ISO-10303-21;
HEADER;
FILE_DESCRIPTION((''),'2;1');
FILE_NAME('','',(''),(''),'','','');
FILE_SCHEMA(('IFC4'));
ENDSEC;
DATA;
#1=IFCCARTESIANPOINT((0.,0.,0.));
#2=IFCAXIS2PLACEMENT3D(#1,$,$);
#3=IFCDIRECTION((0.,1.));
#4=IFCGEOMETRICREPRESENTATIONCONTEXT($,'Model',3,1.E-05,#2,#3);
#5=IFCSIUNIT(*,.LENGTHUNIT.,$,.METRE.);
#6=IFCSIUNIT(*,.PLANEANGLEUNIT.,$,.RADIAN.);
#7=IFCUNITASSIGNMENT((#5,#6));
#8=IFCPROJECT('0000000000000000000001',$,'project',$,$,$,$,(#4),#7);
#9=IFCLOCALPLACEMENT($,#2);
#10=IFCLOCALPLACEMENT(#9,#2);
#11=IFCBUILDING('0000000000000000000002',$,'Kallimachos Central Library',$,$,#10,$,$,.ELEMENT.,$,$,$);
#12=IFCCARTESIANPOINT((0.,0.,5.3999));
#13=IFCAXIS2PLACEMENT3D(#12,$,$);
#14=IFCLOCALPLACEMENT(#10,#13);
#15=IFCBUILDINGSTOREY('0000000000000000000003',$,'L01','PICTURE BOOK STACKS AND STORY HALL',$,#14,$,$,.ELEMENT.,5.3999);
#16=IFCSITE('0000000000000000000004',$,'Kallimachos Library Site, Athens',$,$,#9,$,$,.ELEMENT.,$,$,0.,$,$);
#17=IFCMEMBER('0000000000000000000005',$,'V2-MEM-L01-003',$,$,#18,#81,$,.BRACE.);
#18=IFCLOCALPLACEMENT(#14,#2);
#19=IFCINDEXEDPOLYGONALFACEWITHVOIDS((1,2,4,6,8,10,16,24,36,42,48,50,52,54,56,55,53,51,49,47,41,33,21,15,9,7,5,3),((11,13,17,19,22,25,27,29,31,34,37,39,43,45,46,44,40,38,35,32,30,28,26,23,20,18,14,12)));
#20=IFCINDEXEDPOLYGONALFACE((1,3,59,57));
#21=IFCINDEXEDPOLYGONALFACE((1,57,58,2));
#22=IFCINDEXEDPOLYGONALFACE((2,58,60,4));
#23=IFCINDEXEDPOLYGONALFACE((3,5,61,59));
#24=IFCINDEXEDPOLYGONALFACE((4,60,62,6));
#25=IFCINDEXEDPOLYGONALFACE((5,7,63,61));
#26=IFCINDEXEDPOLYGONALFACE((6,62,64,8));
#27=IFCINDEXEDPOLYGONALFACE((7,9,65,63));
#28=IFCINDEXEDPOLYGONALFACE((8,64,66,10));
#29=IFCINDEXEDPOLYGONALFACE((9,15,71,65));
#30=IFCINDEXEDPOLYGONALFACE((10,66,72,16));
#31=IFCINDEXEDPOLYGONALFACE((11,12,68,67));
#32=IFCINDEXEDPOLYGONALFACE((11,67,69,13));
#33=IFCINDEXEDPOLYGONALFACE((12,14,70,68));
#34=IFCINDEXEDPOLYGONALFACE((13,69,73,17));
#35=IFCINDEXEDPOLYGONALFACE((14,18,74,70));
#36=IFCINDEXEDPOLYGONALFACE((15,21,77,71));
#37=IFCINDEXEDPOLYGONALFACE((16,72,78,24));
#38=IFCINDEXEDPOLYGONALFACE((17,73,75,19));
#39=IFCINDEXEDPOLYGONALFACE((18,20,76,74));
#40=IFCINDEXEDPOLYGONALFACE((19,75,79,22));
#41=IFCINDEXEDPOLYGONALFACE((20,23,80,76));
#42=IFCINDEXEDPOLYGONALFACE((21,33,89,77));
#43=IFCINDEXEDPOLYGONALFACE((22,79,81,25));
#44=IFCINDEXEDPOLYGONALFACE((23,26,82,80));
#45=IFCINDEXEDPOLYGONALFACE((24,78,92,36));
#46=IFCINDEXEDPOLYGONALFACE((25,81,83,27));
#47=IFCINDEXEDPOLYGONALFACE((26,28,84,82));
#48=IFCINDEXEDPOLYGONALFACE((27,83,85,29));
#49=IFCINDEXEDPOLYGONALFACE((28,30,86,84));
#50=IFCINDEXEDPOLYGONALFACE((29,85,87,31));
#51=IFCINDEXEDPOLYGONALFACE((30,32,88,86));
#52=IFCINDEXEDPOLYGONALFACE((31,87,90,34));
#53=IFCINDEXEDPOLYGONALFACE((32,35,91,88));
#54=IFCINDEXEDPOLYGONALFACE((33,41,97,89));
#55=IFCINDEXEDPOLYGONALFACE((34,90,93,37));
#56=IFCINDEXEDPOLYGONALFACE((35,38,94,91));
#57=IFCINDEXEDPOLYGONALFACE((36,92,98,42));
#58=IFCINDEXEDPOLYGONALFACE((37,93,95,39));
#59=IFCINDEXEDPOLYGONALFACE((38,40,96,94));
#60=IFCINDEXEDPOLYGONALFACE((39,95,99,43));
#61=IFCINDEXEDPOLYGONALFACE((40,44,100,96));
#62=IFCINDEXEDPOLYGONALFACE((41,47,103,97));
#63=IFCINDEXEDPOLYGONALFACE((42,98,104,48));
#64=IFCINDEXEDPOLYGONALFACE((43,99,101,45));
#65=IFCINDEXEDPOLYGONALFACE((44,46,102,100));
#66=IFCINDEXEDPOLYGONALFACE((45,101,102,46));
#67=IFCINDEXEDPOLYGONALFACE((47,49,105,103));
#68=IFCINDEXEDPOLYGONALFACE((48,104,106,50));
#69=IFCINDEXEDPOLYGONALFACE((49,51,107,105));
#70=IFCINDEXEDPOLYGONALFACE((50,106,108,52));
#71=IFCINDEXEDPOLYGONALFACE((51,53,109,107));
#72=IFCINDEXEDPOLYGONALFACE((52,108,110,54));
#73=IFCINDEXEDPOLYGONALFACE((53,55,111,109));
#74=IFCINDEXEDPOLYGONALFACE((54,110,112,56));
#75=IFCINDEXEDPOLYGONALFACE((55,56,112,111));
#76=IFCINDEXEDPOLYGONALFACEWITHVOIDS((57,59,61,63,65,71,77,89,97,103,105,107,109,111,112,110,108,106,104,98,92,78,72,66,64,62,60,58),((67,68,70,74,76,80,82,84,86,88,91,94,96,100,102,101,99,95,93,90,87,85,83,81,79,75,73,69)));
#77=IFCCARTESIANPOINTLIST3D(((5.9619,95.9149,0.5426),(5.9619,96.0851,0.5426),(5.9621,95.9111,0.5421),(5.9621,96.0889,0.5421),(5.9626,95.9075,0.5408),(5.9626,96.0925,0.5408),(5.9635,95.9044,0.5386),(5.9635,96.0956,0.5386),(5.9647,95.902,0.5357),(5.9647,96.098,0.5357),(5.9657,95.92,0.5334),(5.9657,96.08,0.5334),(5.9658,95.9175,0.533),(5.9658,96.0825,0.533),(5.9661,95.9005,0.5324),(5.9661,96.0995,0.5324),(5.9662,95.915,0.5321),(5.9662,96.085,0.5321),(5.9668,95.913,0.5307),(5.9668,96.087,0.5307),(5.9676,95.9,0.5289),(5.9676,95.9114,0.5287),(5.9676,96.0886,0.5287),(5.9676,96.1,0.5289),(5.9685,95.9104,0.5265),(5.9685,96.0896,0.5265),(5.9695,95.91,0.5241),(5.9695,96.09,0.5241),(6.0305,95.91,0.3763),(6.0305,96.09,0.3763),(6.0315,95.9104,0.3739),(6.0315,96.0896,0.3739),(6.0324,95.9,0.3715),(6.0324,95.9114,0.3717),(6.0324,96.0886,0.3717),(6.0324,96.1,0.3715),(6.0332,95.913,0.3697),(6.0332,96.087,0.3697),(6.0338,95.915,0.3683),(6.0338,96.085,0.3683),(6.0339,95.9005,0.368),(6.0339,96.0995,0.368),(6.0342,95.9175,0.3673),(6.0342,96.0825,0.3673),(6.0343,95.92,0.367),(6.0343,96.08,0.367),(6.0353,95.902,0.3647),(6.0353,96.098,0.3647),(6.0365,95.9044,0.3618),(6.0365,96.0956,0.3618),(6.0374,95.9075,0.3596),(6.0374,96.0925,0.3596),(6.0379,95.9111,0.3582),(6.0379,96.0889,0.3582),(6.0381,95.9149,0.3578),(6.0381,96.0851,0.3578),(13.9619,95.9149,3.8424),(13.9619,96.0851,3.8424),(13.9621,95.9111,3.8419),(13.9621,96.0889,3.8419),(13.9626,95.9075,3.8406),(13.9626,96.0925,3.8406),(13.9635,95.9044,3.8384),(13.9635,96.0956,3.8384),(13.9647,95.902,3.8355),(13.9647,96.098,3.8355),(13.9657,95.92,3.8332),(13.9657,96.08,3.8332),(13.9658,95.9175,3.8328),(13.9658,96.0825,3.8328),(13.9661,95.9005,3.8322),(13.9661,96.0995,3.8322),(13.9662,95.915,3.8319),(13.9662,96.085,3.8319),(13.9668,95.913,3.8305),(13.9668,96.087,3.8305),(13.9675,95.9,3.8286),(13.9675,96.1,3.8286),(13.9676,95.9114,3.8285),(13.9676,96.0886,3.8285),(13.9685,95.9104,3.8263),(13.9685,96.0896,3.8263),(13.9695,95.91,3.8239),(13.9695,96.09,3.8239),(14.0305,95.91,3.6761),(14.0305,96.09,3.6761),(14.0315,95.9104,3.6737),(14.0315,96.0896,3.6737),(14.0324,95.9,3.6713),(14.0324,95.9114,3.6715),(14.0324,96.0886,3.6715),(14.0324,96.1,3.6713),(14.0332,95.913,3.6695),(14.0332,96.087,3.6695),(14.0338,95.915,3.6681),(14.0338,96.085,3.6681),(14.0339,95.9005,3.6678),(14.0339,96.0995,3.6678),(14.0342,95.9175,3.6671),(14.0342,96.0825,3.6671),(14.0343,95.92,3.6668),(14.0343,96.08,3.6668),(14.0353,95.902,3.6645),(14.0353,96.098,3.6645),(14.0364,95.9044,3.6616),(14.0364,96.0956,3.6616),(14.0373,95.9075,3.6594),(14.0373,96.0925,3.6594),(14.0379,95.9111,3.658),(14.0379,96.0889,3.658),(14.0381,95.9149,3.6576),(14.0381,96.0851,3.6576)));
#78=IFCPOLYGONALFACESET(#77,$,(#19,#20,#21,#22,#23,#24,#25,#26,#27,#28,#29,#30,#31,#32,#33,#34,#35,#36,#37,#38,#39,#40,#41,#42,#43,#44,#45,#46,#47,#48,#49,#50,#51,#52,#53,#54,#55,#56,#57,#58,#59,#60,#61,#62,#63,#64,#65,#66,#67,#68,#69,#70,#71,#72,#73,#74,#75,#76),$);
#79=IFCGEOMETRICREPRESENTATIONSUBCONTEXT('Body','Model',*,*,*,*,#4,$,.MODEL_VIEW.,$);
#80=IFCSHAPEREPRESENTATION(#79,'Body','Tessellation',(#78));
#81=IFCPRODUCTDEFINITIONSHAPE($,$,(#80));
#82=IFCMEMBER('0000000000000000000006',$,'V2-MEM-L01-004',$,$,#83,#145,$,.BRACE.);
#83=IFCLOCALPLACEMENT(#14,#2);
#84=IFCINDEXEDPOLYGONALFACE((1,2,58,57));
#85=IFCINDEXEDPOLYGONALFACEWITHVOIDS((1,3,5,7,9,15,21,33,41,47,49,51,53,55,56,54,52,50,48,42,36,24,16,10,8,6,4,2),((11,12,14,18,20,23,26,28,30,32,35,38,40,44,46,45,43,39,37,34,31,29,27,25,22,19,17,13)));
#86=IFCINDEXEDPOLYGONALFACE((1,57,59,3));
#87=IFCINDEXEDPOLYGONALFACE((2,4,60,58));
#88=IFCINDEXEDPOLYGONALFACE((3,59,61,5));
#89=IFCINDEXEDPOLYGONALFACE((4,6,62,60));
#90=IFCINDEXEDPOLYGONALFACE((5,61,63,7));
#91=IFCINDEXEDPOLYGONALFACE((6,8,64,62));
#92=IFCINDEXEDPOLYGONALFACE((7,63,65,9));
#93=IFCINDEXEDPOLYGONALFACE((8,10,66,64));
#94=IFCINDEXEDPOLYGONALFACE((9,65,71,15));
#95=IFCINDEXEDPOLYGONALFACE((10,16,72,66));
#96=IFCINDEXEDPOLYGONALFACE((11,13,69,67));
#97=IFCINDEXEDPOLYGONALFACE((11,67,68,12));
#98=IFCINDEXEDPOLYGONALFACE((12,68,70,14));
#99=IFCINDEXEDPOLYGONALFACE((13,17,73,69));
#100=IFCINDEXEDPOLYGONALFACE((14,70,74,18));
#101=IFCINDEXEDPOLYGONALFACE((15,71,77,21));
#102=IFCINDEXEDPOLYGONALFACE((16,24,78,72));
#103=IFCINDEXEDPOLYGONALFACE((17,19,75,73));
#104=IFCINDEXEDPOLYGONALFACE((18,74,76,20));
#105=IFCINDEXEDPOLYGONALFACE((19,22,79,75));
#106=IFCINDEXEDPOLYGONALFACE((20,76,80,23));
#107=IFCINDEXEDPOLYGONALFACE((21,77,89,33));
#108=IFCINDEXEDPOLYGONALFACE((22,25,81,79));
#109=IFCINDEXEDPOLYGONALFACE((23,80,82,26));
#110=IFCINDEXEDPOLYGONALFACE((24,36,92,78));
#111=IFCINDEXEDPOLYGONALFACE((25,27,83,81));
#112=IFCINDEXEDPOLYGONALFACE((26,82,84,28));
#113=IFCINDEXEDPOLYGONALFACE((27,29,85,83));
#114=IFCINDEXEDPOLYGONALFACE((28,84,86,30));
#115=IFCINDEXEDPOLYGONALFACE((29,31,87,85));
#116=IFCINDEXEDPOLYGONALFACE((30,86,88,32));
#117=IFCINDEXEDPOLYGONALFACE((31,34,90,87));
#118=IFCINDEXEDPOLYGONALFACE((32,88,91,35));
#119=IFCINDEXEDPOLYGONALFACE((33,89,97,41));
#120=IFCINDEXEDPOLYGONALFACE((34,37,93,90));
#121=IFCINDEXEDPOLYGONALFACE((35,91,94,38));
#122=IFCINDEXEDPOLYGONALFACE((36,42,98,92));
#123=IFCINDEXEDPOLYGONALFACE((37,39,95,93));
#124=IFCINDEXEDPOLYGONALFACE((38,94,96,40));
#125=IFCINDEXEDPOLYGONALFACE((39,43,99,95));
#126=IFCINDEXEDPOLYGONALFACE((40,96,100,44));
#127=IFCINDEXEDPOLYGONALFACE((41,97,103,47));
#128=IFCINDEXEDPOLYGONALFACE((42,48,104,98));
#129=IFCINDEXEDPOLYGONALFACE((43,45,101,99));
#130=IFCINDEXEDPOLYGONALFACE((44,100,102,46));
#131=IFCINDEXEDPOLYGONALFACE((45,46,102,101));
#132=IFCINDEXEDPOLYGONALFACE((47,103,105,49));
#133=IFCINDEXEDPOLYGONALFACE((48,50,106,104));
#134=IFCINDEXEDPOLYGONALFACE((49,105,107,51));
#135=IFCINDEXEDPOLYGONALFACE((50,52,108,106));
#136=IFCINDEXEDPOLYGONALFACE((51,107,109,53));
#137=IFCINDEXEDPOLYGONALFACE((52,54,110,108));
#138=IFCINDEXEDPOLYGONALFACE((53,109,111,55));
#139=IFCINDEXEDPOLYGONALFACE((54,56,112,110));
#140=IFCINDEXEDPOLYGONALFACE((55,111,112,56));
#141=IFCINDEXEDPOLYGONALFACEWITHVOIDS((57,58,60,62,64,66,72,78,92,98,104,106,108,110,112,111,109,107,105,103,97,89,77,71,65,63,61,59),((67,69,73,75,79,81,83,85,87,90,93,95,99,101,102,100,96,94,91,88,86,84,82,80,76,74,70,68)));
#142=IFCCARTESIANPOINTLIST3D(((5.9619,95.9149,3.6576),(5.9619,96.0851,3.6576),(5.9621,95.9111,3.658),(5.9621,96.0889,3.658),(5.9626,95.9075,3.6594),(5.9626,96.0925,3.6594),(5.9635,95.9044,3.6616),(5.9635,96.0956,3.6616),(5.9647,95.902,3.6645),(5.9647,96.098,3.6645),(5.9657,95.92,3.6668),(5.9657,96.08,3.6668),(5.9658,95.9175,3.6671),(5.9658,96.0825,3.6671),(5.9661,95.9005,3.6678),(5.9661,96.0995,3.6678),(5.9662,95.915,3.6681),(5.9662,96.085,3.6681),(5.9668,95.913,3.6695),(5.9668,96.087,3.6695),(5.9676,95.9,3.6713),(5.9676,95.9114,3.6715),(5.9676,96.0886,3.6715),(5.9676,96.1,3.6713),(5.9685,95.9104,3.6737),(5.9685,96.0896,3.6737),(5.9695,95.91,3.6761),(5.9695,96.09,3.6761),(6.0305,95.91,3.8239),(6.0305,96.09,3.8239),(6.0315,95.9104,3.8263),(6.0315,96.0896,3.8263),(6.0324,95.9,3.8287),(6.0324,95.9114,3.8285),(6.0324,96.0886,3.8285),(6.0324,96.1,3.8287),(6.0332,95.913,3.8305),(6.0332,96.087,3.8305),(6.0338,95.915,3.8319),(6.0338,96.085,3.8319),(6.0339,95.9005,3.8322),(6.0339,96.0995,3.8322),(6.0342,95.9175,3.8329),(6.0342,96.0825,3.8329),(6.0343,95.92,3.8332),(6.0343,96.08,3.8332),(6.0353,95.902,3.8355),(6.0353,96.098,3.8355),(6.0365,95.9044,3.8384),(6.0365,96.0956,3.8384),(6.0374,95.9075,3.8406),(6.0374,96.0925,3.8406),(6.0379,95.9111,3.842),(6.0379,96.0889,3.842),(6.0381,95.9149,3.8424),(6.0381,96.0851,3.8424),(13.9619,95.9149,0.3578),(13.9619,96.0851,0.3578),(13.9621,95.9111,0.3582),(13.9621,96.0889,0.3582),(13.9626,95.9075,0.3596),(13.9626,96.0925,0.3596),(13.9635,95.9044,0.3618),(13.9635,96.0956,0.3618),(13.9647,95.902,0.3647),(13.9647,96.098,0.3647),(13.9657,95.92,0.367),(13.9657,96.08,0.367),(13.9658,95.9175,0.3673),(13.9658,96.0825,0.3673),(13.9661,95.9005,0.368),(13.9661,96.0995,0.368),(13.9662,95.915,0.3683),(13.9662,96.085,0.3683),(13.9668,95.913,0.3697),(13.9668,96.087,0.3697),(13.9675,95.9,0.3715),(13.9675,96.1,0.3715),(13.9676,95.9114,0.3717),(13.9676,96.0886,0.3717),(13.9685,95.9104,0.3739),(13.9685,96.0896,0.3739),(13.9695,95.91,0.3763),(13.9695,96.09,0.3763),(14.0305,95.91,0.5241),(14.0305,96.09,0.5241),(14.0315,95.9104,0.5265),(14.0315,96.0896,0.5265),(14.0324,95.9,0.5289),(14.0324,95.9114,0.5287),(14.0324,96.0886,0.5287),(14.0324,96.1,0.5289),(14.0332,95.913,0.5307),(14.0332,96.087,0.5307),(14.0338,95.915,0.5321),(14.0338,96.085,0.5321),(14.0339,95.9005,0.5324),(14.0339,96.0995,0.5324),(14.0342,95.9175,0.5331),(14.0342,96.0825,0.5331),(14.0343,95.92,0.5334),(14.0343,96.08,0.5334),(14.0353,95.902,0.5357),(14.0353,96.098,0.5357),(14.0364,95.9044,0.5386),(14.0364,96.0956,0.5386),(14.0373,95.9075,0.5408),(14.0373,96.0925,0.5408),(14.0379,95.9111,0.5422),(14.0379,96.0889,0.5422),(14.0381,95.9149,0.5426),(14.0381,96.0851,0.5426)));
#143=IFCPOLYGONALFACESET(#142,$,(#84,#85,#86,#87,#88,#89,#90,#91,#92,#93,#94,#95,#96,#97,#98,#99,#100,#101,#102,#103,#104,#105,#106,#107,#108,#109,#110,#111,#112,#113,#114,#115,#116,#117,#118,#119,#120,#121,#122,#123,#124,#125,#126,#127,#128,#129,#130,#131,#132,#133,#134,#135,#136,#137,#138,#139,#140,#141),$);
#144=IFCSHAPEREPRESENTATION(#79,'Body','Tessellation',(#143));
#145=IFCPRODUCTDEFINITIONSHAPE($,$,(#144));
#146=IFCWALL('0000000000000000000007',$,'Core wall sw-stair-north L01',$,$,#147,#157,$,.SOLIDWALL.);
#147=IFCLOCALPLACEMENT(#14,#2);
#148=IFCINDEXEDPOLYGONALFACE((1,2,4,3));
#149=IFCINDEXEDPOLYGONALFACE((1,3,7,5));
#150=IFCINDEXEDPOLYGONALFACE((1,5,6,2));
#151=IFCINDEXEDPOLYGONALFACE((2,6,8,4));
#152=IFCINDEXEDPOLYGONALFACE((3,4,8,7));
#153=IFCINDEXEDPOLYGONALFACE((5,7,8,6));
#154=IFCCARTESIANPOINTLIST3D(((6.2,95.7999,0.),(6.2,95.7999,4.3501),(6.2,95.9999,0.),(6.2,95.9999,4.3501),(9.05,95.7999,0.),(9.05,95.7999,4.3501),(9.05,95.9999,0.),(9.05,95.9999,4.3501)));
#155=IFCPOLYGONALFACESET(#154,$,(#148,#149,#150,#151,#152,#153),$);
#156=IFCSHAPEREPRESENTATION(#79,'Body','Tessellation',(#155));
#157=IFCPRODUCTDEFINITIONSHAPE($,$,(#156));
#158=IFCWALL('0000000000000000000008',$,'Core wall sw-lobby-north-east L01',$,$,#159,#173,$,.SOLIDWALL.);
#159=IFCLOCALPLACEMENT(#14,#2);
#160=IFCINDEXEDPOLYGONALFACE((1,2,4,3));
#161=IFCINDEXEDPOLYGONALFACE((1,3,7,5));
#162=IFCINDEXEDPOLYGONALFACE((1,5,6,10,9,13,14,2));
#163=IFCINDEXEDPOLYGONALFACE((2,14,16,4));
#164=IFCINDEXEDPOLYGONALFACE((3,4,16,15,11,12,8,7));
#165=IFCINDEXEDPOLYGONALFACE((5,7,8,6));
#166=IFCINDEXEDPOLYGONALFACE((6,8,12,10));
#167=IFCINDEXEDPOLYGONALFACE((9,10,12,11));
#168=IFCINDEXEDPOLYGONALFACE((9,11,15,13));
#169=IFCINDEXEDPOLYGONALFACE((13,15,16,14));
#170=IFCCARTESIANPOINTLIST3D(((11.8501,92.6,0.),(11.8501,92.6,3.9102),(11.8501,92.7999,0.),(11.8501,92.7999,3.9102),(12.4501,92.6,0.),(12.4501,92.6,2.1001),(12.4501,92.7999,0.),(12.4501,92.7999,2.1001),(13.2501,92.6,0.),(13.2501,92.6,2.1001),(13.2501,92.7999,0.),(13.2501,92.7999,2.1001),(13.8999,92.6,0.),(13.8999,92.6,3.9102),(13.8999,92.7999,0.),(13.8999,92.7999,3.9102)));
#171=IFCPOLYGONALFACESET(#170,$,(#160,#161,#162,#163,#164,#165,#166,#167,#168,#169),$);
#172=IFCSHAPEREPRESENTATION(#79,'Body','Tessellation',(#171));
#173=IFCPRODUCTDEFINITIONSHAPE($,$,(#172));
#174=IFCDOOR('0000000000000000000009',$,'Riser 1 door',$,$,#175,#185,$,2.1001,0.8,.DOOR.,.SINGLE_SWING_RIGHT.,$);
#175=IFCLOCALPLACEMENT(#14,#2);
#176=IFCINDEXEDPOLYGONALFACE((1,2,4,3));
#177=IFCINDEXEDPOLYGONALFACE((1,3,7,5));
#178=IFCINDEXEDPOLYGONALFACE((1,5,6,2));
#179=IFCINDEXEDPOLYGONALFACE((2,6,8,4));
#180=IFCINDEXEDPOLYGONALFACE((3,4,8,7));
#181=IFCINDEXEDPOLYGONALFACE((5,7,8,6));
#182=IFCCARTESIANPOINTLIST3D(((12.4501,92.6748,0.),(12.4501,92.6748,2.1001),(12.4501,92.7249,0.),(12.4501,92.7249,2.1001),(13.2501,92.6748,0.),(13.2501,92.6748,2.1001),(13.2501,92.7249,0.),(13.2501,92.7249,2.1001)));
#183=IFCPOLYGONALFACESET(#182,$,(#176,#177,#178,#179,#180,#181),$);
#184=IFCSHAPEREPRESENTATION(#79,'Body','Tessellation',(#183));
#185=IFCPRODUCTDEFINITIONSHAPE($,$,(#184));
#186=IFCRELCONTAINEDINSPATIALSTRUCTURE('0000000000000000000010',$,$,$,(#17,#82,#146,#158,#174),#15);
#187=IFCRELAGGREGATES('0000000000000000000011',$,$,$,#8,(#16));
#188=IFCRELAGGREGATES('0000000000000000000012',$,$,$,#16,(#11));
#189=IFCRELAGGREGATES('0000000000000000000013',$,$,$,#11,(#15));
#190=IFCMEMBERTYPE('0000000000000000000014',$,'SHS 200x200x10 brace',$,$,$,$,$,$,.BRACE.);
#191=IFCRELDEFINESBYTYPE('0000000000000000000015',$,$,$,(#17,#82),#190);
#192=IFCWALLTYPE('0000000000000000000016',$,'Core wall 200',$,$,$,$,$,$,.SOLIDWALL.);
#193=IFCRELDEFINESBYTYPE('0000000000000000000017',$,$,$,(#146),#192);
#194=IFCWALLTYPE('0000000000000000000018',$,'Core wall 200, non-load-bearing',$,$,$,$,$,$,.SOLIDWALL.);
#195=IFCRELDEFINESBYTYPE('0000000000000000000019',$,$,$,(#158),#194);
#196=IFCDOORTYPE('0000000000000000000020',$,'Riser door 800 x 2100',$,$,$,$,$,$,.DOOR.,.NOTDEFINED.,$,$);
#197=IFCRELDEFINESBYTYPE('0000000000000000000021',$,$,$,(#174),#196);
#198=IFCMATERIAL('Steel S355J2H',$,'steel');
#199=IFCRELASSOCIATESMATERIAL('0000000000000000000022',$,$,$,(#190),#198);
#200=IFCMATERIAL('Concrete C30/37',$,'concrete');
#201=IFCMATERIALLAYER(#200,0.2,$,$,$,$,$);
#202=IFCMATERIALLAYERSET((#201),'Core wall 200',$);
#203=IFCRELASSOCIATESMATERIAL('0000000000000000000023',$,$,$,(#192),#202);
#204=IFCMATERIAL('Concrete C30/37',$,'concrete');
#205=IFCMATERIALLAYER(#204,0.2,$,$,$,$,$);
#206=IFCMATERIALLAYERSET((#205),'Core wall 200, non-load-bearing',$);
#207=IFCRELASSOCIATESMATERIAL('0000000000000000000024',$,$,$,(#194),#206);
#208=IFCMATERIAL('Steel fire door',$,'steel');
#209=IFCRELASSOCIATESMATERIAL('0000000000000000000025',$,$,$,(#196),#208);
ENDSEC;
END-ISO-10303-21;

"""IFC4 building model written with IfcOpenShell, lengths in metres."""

from ifc_helpers import new_model, si_unit, direction, frame, frame_2d, origin, origin_2d, place, context, subcontext, project, spatial, rectangle, hollow_rectangle, extrude, material, layer, layer_set, material_profile, profile_set, type_object, element, fill, save


model = new_model("IFC4")

# Units and contexts
model_context = context("Model", 3, precision=1e-05, world=origin(), true_north=direction((0.0, 1.0)))
body_context = subcontext(model_context, "Body", "Model", "MODEL_VIEW")
ifc_project = project(units=[si_unit("LENGTHUNIT", "METRE"), si_unit("PLANEANGLEUNIT", "RADIAN")], contexts=[model_context])

# Site, building, storey
site_placement = place(None, origin())
site = spatial("IfcSite", under=ifc_project, at=site_placement, Name="Kallimachos Library Site, Athens", CompositionType="ELEMENT", RefElevation=0.0)
building_placement = place(site_placement, origin())
building = spatial("IfcBuilding", under=site, at=building_placement, Name="Kallimachos Central Library", CompositionType="ELEMENT")
storey_placement = place(building_placement, frame((0.0, 0.0, 5.3999)))
storey = spatial("IfcBuildingStorey", under=building, at=storey_placement, Name="L01", Description="PICTURE BOOK STACKS AND STORY HALL", CompositionType="ELEMENT", Elevation=5.3999)

# Members
ifc_material_1 = material(Name="Steel S355J2H", Category="steel")
ifc_material_profile_1 = material_profile(ifc_material_1, hollow_rectangle(XDim=0.2, YDim=0.2, WallThickness=0.01, InnerFilletRadius=0.01, OuterFilletRadius=0.0149, at=origin_2d()), Name="SHS 200x200x10")
ifc_profile_set_1 = profile_set([ifc_material_profile_1], Name="Steel S355J2H")
member_type_1 = type_object("IfcMemberType", Name="SHS 200x200x10 brace", PredefinedType="BRACE", material=ifc_profile_set_1)
for number, where, z_axis, x_axis, name in (
    (1, (6.0, 96.0, 0.4502), (0.924447, 0.0, 0.381312), (0.0, 1.0, 0.0), "V2-MEM-L01-003"),
    (2, (6.0, 96.0, 3.75), (0.924447, 0.0, -0.381312), (0.0, 1.0, 0.0), "V2-MEM-L01-004"),
):
    element("IfcMember", number, at=place(storey_placement, frame(where, z_axis=z_axis, x_axis=x_axis)), inside=storey, type_object=member_type_1, Name=name, PredefinedType="BRACE", context=body_context, shape_type="SweptSolid", body=[
        extrude(hollow_rectangle(XDim=0.2, YDim=0.2, WallThickness=0.01, InnerFilletRadius=0.01, OuterFilletRadius=0.0149, at=origin_2d()), origin(), (0.0, 0.0, 1.0), 8.6538),
    ])

# Wall
ifc_material_2 = material(Name="Concrete C30/37", Category="concrete")
ifc_layer_1 = layer(ifc_material_2, 0.2)
ifc_layer_set_1 = layer_set([ifc_layer_1], Name="Core wall 200")
wall_type_1 = type_object("IfcWallType", Name="Core wall 200", PredefinedType="SOLIDWALL", material=ifc_layer_set_1)
wall_1_placement = place(storey_placement, frame((6.2, 95.8999, 0.0), z_axis=(0.0, 0.0, 1.0), x_axis=(1.0, 0.0, 0.0)))
element("IfcWall", 3, at=wall_1_placement, inside=storey, type_object=wall_type_1, Name="Core wall sw-stair-north L01", PredefinedType="SOLIDWALL", context=body_context, shape_type="SweptSolid", body=[
    extrude(rectangle(XDim=2.8501, YDim=0.2, at=frame_2d((1.425, 0.0))), origin(), (0.0, 0.0, 1.0), 4.3501),
])

# Wall, opening, door
ifc_material_3 = material(Name="Concrete C30/37", Category="concrete")
ifc_layer_2 = layer(ifc_material_3, 0.2)
ifc_layer_set_2 = layer_set([ifc_layer_2], Name="Core wall 200, non-load-bearing")
wall_type_2 = type_object("IfcWallType", Name="Core wall 200, non-load-bearing", PredefinedType="SOLIDWALL", material=ifc_layer_set_2)
wall_2_placement = place(storey_placement, frame((11.8501, 92.7, 0.0), z_axis=(0.0, 0.0, 1.0), x_axis=(1.0, 0.0, 0.0)))
wall_2 = element("IfcWall", 4, at=wall_2_placement, inside=storey, type_object=wall_type_2, Name="Core wall sw-lobby-north-east L01", PredefinedType="SOLIDWALL", context=body_context, shape_type="SweptSolid", body=[
    extrude(rectangle(XDim=2.0498, YDim=0.2, at=frame_2d((1.0249, 0.0))), origin(), (0.0, 0.0, 1.0), 3.9102),
])
opening_1_placement = place(wall_2_placement, frame((0.6001, 0.0, 0.0)))
opening_1 = element("IfcOpeningElement", 5, at=opening_1_placement, cuts=wall_2, PredefinedType="OPENING", context=body_context, shape_type="SweptSolid", body=[
    extrude(rectangle(XDim=0.8, YDim=2.1001, at=frame_2d((0.3999, 1.05))), frame((0.0, 0.1099, 0.0), z_axis=(0.0, -1.0, 0.0), x_axis=(1.0, 0.0, 0.0)), (0.0, 0.0, 1.0), 0.22),
])
ifc_material_4 = material(Name="Steel fire door", Category="steel")
door_type_1 = type_object("IfcDoorType", Name="Riser door 800 x 2100", OperationType="NOTDEFINED", PredefinedType="DOOR", material=ifc_material_4)
door_1_placement = place(opening_1_placement, origin())
door_1 = element("IfcDoor", 6, at=door_1_placement, inside=storey, type_object=door_type_1, Name="Riser 1 door", OperationType="SINGLE_SWING_RIGHT", OverallHeight=2.1001, OverallWidth=0.8, PredefinedType="DOOR", context=body_context, shape_type="SweptSolid", body=[
    extrude(rectangle(XDim=0.8, YDim=2.1001, at=frame_2d((0.3999, 1.05))), frame((0.0, 0.0249, 0.0), z_axis=(0.0, -1.0, 0.0), x_axis=(1.0, 0.0, 0.0)), (0.0, 0.0, 1.0), 0.05),
])
fill(opening_1, door_1)

save(model, "model.ifc")
